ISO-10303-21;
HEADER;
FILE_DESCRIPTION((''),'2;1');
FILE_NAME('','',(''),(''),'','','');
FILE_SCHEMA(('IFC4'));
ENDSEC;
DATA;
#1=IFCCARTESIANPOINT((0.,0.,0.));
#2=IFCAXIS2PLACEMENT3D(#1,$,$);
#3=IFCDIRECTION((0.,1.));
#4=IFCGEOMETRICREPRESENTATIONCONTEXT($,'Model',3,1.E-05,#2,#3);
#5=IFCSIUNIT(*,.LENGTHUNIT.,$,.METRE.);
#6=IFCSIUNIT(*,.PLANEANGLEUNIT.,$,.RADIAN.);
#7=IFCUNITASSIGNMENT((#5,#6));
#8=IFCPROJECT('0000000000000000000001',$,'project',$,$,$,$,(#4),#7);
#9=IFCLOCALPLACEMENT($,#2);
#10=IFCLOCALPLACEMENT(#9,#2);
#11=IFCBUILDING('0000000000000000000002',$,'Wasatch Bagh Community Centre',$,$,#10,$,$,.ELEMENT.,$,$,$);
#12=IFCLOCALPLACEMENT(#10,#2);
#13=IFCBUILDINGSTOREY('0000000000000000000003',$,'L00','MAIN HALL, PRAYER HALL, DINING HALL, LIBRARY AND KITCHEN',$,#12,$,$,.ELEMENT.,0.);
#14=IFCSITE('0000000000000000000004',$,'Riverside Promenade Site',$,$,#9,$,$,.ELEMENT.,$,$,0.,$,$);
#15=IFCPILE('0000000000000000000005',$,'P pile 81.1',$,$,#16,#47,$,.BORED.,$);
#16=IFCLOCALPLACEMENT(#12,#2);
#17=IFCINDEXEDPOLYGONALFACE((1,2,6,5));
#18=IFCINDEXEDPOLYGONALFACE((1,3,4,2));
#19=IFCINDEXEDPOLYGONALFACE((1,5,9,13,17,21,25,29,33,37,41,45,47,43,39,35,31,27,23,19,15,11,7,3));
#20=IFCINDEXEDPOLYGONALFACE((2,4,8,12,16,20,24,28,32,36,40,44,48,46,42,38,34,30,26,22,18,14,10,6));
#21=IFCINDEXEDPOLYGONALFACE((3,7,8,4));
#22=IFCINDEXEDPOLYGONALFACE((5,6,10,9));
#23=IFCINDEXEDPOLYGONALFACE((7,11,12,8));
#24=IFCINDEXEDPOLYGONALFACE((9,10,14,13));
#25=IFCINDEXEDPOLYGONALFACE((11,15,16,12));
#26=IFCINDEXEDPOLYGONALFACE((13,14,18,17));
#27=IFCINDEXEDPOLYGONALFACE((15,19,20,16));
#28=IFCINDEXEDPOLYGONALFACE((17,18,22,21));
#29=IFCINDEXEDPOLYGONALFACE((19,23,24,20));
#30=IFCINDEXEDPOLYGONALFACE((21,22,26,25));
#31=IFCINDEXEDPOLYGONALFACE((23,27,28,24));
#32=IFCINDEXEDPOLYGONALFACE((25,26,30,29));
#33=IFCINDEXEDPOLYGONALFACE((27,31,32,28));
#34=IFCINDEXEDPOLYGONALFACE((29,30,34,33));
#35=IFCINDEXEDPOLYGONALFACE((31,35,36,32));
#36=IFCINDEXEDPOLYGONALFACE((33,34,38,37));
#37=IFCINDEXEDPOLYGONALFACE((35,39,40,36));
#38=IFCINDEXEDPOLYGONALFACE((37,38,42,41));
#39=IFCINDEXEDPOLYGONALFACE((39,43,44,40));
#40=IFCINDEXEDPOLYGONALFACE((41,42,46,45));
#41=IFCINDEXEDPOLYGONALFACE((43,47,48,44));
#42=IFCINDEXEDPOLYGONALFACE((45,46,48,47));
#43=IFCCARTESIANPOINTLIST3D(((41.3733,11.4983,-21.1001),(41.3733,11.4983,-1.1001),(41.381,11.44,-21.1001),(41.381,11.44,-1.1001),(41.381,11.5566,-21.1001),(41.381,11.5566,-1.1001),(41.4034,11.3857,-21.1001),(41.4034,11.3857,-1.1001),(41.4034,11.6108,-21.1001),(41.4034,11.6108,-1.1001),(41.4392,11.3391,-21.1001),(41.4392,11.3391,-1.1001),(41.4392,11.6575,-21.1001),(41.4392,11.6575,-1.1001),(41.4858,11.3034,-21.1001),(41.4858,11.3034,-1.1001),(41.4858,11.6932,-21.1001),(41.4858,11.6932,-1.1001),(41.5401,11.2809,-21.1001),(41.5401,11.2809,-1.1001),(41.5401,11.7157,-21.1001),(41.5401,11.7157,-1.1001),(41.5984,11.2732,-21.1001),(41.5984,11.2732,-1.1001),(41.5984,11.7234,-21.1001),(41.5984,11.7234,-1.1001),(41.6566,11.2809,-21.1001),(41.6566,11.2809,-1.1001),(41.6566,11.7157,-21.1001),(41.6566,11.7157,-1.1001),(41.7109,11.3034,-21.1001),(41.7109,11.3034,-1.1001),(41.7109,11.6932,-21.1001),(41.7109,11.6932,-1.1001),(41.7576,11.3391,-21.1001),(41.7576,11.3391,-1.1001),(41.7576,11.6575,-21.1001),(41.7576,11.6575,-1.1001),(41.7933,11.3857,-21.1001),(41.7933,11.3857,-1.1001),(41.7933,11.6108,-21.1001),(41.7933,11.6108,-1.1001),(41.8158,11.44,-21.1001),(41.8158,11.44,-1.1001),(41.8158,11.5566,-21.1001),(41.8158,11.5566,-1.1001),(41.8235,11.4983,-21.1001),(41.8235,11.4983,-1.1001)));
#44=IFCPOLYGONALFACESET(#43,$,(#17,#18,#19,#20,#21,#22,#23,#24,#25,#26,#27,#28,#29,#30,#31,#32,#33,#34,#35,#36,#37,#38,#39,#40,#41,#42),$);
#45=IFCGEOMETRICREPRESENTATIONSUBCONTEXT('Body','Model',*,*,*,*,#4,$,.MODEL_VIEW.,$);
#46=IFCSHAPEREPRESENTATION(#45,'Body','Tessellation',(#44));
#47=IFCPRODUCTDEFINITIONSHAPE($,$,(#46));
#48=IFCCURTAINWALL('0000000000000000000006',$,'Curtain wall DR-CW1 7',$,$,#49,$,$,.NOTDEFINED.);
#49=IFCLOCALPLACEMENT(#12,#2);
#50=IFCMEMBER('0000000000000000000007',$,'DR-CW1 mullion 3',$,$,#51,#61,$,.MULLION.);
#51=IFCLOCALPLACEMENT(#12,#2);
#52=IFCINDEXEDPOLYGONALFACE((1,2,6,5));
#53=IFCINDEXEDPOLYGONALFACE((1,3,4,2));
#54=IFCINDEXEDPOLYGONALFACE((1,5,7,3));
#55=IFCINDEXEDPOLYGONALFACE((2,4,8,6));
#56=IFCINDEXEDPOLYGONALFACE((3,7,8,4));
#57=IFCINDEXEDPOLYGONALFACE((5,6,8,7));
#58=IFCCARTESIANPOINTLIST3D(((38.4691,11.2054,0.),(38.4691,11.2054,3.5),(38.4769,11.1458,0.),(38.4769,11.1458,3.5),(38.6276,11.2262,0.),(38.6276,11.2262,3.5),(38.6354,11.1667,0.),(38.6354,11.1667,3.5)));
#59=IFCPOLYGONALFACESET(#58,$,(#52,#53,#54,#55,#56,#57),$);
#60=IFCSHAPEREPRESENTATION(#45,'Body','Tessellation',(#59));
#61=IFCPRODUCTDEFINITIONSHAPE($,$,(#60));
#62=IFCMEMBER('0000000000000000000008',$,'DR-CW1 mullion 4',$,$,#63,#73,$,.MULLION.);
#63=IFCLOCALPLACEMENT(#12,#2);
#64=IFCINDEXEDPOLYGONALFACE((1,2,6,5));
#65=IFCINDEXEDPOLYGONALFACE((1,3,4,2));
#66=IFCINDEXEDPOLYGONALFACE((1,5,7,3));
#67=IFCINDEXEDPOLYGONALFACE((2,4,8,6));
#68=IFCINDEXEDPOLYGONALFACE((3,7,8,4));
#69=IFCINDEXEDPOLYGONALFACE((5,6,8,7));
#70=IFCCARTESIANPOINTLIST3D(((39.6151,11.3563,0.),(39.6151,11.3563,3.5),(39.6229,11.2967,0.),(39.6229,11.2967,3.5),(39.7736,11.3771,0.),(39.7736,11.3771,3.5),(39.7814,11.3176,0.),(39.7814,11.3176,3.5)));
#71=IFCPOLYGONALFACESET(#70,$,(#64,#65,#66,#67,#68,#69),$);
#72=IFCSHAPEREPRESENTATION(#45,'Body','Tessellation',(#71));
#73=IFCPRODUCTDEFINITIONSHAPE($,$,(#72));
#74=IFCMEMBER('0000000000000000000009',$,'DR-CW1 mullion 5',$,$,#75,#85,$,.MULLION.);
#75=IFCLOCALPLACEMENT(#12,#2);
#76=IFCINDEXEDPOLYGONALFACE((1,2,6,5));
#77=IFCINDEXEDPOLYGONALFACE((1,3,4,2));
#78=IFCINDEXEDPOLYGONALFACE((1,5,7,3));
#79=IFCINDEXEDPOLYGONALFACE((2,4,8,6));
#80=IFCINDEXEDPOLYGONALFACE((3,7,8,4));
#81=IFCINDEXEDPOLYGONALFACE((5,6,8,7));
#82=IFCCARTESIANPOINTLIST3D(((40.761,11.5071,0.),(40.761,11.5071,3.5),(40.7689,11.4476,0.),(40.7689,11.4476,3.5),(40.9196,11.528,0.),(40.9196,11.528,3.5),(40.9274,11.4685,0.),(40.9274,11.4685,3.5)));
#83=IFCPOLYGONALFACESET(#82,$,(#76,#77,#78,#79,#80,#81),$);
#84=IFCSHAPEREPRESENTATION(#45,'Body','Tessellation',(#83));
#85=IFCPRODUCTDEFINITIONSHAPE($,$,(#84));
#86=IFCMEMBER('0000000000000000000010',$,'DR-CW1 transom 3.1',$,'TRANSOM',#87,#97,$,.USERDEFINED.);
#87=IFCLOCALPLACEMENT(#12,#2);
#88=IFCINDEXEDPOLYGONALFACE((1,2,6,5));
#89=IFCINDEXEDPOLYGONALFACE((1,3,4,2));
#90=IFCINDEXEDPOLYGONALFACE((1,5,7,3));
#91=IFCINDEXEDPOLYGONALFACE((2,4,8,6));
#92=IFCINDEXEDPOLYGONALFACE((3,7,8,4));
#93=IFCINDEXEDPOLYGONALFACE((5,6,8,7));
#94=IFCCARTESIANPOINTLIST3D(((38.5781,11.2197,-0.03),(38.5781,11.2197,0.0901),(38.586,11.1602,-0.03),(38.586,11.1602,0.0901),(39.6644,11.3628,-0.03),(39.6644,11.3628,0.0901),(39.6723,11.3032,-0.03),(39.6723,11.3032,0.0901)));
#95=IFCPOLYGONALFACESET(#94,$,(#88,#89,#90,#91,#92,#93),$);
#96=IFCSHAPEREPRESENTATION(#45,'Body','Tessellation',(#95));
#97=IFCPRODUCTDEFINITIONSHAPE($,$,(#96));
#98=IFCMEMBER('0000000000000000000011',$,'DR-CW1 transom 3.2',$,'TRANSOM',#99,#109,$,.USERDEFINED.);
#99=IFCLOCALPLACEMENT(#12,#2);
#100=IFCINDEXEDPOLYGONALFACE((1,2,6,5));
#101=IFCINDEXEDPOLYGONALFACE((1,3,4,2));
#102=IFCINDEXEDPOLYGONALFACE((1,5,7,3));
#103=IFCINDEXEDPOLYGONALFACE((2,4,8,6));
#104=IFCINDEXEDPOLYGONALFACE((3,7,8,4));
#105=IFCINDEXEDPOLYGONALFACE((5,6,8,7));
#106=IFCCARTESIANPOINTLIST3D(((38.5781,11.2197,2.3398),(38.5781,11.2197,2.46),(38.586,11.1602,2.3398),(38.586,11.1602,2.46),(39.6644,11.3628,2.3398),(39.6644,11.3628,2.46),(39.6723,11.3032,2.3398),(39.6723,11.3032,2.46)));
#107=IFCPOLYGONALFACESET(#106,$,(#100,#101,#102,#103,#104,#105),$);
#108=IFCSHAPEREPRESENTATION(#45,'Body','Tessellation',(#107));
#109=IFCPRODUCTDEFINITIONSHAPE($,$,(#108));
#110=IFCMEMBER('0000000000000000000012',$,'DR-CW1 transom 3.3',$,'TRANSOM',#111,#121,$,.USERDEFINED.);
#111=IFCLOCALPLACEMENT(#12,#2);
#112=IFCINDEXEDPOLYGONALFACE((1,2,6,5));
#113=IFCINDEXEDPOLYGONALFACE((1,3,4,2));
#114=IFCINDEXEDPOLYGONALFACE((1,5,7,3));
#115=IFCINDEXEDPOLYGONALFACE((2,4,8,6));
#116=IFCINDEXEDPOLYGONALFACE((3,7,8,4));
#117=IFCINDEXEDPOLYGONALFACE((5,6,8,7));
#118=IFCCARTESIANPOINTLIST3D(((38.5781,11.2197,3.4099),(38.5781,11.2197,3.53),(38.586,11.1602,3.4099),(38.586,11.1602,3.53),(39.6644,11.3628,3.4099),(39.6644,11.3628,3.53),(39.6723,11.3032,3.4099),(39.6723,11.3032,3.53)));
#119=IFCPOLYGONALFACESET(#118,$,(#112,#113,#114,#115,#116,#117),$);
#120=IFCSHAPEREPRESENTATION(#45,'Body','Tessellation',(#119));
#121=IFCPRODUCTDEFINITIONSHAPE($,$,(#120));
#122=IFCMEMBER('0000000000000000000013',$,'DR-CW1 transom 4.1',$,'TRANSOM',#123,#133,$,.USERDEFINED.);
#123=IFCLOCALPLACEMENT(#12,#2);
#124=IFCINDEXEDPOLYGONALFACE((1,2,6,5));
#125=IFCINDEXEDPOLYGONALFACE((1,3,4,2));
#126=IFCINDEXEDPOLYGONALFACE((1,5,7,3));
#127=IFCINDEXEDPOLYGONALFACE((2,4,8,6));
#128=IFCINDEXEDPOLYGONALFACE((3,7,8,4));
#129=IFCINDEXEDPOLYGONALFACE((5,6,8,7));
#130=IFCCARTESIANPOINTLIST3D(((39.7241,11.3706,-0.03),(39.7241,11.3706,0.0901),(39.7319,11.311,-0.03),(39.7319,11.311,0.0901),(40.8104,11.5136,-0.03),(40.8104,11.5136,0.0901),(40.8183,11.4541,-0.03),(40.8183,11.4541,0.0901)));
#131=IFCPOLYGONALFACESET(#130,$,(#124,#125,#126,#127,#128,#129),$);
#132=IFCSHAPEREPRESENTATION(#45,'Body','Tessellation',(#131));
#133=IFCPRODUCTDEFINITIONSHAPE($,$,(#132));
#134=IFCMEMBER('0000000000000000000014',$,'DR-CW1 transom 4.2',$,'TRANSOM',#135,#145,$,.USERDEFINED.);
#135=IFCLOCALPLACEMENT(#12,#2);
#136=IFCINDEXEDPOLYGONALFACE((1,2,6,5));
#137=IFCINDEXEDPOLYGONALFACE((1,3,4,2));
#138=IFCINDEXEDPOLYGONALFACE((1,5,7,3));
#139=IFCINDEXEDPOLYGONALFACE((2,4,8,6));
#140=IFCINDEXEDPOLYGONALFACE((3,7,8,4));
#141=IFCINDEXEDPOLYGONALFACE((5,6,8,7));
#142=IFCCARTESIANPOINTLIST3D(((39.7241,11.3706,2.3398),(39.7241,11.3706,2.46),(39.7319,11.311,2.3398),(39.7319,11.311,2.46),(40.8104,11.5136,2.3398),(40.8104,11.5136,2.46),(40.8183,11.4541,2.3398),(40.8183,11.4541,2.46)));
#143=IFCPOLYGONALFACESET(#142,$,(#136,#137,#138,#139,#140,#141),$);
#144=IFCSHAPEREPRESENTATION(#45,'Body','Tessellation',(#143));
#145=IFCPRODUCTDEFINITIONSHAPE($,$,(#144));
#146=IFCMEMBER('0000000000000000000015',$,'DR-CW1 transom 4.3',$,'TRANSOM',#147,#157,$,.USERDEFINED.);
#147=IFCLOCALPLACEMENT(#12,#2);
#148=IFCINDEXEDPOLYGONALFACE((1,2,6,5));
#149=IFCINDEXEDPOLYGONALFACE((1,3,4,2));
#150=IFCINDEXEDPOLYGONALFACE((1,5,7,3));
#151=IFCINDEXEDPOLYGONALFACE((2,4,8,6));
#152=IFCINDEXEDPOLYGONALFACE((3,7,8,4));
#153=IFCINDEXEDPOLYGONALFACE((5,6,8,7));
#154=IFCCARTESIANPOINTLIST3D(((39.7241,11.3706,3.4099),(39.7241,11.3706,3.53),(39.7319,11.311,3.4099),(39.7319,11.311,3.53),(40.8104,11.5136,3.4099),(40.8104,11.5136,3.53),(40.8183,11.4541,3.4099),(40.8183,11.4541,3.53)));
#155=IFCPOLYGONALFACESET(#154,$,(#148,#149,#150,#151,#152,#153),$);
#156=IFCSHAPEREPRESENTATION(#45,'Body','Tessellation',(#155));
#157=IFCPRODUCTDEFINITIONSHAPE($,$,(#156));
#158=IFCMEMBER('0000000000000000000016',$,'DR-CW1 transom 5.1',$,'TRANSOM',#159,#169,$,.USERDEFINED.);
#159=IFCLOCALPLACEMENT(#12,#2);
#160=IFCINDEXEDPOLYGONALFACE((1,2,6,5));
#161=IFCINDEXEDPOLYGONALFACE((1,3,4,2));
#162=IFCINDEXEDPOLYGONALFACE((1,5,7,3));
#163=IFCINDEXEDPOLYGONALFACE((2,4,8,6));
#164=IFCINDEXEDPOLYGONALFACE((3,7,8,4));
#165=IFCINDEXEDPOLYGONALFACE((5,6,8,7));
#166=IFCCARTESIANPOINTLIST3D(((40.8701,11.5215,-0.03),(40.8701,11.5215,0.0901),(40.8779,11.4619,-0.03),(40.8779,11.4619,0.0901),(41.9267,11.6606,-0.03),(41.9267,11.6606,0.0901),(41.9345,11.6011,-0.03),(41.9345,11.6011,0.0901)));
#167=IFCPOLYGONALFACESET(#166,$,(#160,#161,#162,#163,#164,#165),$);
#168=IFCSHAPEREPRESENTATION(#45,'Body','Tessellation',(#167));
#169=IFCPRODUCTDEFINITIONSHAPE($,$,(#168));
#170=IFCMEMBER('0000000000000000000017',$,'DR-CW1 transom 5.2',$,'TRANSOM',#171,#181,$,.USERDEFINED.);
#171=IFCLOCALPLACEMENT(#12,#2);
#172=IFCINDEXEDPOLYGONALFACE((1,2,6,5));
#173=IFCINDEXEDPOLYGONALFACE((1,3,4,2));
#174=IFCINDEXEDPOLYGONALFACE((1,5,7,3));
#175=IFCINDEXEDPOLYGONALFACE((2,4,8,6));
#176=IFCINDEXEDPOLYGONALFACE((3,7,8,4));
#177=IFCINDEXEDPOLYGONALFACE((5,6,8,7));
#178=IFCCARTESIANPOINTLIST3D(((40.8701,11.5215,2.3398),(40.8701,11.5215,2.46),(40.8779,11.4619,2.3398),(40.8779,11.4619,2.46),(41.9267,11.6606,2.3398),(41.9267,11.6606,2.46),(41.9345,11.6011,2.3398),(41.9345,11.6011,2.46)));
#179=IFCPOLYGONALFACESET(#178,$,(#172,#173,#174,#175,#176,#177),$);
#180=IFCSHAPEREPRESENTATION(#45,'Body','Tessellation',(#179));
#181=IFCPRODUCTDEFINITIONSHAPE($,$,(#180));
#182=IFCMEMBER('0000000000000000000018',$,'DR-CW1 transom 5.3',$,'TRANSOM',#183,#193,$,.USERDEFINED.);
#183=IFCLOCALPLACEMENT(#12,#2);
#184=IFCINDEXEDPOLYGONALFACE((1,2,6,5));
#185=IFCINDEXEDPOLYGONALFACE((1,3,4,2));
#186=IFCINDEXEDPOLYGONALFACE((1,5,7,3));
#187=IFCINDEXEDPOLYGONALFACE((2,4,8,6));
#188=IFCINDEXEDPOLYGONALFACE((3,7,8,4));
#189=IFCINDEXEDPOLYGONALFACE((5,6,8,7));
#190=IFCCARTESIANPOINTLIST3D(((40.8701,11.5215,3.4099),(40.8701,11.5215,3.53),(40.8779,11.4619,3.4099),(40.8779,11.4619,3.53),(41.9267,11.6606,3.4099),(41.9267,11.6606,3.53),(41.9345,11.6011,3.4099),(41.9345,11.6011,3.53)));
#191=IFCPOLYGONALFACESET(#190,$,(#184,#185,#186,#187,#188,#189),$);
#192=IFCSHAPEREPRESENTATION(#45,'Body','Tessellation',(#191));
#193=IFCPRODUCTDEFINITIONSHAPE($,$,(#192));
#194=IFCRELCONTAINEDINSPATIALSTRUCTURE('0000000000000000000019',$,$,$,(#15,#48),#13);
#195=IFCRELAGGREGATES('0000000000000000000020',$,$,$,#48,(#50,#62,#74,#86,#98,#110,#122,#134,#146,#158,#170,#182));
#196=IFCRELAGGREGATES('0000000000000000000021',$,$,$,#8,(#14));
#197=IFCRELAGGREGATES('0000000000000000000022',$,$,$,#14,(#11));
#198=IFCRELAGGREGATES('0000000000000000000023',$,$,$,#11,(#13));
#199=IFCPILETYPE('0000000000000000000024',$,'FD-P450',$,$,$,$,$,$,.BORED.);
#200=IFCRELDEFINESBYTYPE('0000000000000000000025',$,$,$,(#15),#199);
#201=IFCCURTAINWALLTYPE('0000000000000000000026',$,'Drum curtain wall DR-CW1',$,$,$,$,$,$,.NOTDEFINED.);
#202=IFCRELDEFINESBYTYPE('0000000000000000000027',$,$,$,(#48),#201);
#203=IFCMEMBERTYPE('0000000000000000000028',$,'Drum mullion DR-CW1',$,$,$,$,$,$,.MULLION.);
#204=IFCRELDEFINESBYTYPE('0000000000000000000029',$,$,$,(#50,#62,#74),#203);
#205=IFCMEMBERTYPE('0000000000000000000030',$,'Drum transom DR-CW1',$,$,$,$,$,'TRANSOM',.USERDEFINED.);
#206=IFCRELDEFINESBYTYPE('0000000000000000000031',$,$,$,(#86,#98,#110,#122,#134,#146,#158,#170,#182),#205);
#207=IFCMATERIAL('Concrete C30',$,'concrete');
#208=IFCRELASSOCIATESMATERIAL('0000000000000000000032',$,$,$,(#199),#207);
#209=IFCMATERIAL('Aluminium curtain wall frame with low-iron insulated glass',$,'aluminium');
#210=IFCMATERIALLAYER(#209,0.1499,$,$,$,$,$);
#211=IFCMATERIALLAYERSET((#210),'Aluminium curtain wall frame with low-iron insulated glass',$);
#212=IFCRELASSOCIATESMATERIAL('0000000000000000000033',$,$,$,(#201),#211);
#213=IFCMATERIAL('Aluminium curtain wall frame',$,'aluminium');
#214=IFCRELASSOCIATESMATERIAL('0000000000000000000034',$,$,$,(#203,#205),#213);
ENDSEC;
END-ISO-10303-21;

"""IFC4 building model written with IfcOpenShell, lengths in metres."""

from ifc_helpers import new_model, si_unit, direction, frame, origin, origin_2d, place, context, subcontext, project, spatial, rectangle, circle, extrude, material, layer, layer_set, material_profile, profile_set, type_object, element, aggregate, save


model = new_model("IFC4")

# Units and contexts
model_context = context("Model", 3, precision=1e-05, world=origin(), true_north=direction((0.0, 1.0)))
body_context = subcontext(model_context, "Body", "Model", "MODEL_VIEW")
ifc_project = project(units=[si_unit("LENGTHUNIT", "METRE"), si_unit("PLANEANGLEUNIT", "RADIAN")], contexts=[model_context])

# Site, building, storey
site_placement = place(None, origin())
site = spatial("IfcSite", under=ifc_project, at=site_placement, Name="Riverside Promenade Site", CompositionType="ELEMENT", RefElevation=0.0)
building_placement = place(site_placement, origin())
building = spatial("IfcBuilding", under=site, at=building_placement, Name="Wasatch Bagh Community Centre", CompositionType="ELEMENT")
storey_placement = place(building_placement, origin())
storey = spatial("IfcBuildingStorey", under=building, at=storey_placement, Name="L00", Description="MAIN HALL, PRAYER HALL, DINING HALL, LIBRARY AND KITCHEN", CompositionType="ELEMENT", Elevation=0.0)

# Pile
ifc_material_1 = material(Name="Concrete C30", Category="concrete")
ifc_material_profile_1 = material_profile(ifc_material_1, circle(Radius=0.2251, at=origin_2d()), Name="RC D450")
ifc_profile_set_1 = profile_set([ifc_material_profile_1], Name="Concrete C30")
pile_type = type_object("IfcPileType", Name="FD-P450", PredefinedType="BORED", material=ifc_profile_set_1)
pile_placement = place(storey_placement, frame((41.5984, 11.4983, -1.1001), z_axis=(0.0, 0.0, -1.0), x_axis=(1.0, 0.0, 0.0)))
element("IfcPile", 1, at=pile_placement, inside=storey, type_object=pile_type, Name="P pile 81.1", PredefinedType="BORED", context=body_context, shape_type="SweptSolid", body=[
    extrude(circle(Radius=0.2251, at=origin_2d()), origin(), (0.0, 0.0, 1.0), 20.0),
])

# Curtain wall, members
ifc_material_2 = material(Name="Aluminium curtain wall frame with low-iron insulated glass", Category="aluminium")
ifc_layer_1 = layer(ifc_material_2, 0.1499)
ifc_layer_set_1 = layer_set([ifc_layer_1], Name="Aluminium curtain wall frame with low-iron insulated glass")
curtain_wall_type = type_object("IfcCurtainWallType", Name="Drum curtain wall DR-CW1", PredefinedType="NOTDEFINED", material=ifc_layer_set_1)
curtain_wall_placement = place(storey_placement, origin())
curtain_wall = element("IfcCurtainWall", 2, at=curtain_wall_placement, inside=storey, type_object=curtain_wall_type, Name="Curtain wall DR-CW1 7", PredefinedType="NOTDEFINED")
ifc_material_3 = material(Name="Aluminium curtain wall frame", Category="aluminium")
ifc_material_profile_2 = material_profile(ifc_material_3, rectangle(XDim=0.0601, YDim=0.1599, at=origin_2d()), Name="Drum mullion DR-CW1")
ifc_profile_set_2 = profile_set([ifc_material_profile_2], Name="Aluminium curtain wall frame")
member_type_1 = type_object("IfcMemberType", Name="Drum mullion DR-CW1", PredefinedType="MULLION", material=ifc_profile_set_2)
member_1_placement = place(storey_placement, frame((38.5522, 11.186, 0.0), z_axis=(0.0, 0.0, 1.0), x_axis=(-0.130526, 0.991445, 0.0)))
member_1 = element("IfcMember", 3, at=member_1_placement, type_object=member_type_1, Name="DR-CW1 mullion 3", PredefinedType="MULLION", context=body_context, shape_type="SweptSolid", body=[
    extrude(rectangle(XDim=0.0601, YDim=0.1599, at=origin_2d()), origin(), (0.0, 0.0, 1.0), 3.5),
])
member_2_placement = place(storey_placement, frame((39.6982, 11.3369, 0.0), z_axis=(0.0, 0.0, 1.0), x_axis=(-0.130526, 0.991445, 0.0)))
member_2 = element("IfcMember", 4, at=member_2_placement, type_object=member_type_1, Name="DR-CW1 mullion 4", PredefinedType="MULLION", context=body_context, shape_type="SweptSolid", body=[
    extrude(rectangle(XDim=0.0601, YDim=0.1599, at=origin_2d()), origin(), (0.0, 0.0, 1.0), 3.5),
])
member_3_placement = place(storey_placement, frame((40.8442, 11.4878, 0.0), z_axis=(0.0, 0.0, 1.0), x_axis=(-0.130526, 0.991445, 0.0)))
member_3 = element("IfcMember", 5, at=member_3_placement, type_object=member_type_1, Name="DR-CW1 mullion 5", PredefinedType="MULLION", context=body_context, shape_type="SweptSolid", body=[
    extrude(rectangle(XDim=0.0601, YDim=0.1599, at=origin_2d()), origin(), (0.0, 0.0, 1.0), 3.5),
])
ifc_material_profile_3 = material_profile(ifc_material_3, rectangle(XDim=0.0601, YDim=0.1201, at=origin_2d()), Name="Drum transom DR-CW1")
ifc_profile_set_3 = profile_set([ifc_material_profile_3], Name="Aluminium curtain wall frame")
member_type_2 = type_object("IfcMemberType", Name="Drum transom DR-CW1", ElementType="TRANSOM", PredefinedType="USERDEFINED", material=ifc_profile_set_3)
member_4_placement = place(storey_placement, frame((38.582, 11.1899, 0.03), z_axis=(0.991441, 0.130558, 0.0), x_axis=(-0.130558, 0.991441, 0.0)))
member_4 = element("IfcMember", 6, at=member_4_placement, type_object=member_type_2, Name="DR-CW1 transom 3.1", ObjectType="TRANSOM", PredefinedType="USERDEFINED", context=body_context, shape_type="SweptSolid", body=[
    extrude(rectangle(XDim=0.0601, YDim=0.1201, at=origin_2d()), origin(), (0.0, 0.0, 1.0), 1.0957),
])
member_5_placement = place(storey_placement, frame((38.582, 11.1899, 2.3999), z_axis=(0.991441, 0.130558, 0.0), x_axis=(-0.130558, 0.991441, 0.0)))
member_5 = element("IfcMember", 7, at=member_5_placement, type_object=member_type_2, Name="DR-CW1 transom 3.2", ObjectType="TRANSOM", PredefinedType="USERDEFINED", context=body_context, shape_type="SweptSolid", body=[
    extrude(rectangle(XDim=0.0601, YDim=0.1201, at=origin_2d()), origin(), (0.0, 0.0, 1.0), 1.0957),
])
member_6_placement = place(storey_placement, frame((38.582, 11.1899, 3.47), z_axis=(0.991441, 0.130558, 0.0), x_axis=(-0.130558, 0.991441, 0.0)))
member_6 = element("IfcMember", 8, at=member_6_placement, type_object=member_type_2, Name="DR-CW1 transom 3.3", ObjectType="TRANSOM", PredefinedType="USERDEFINED", context=body_context, shape_type="SweptSolid", body=[
    extrude(rectangle(XDim=0.0601, YDim=0.1201, at=origin_2d()), origin(), (0.0, 0.0, 1.0), 1.0957),
])
member_7_placement = place(storey_placement, frame((39.728, 11.3408, 0.03), z_axis=(0.991441, 0.130558, 0.0), x_axis=(-0.130558, 0.991441, 0.0)))
member_7 = element("IfcMember", 9, at=member_7_placement, type_object=member_type_2, Name="DR-CW1 transom 4.1", ObjectType="TRANSOM", PredefinedType="USERDEFINED", context=body_context, shape_type="SweptSolid", body=[
    extrude(rectangle(XDim=0.0601, YDim=0.1201, at=origin_2d()), origin(), (0.0, 0.0, 1.0), 1.0957),
])
member_8_placement = place(storey_placement, frame((39.728, 11.3408, 2.3999), z_axis=(0.991441, 0.130558, 0.0), x_axis=(-0.130558, 0.991441, 0.0)))
member_8 = element("IfcMember", 10, at=member_8_placement, type_object=member_type_2, Name="DR-CW1 transom 4.2", ObjectType="TRANSOM", PredefinedType="USERDEFINED", context=body_context, shape_type="SweptSolid", body=[
    extrude(rectangle(XDim=0.0601, YDim=0.1201, at=origin_2d()), origin(), (0.0, 0.0, 1.0), 1.0957),
])
member_9_placement = place(storey_placement, frame((39.728, 11.3408, 3.47), z_axis=(0.991441, 0.130558, 0.0), x_axis=(-0.130558, 0.991441, 0.0)))
member_9 = element("IfcMember", 11, at=member_9_placement, type_object=member_type_2, Name="DR-CW1 transom 4.3", ObjectType="TRANSOM", PredefinedType="USERDEFINED", context=body_context, shape_type="SweptSolid", body=[
    extrude(rectangle(XDim=0.0601, YDim=0.1201, at=origin_2d()), origin(), (0.0, 0.0, 1.0), 1.0957),
])
member_10_placement = place(storey_placement, frame((40.874, 11.4917, 0.03), z_axis=(0.991439, 0.130573, 0.0), x_axis=(-0.130573, 0.991439, 0.0)))
member_10 = element("IfcMember", 12, at=member_10_placement, type_object=member_type_2, Name="DR-CW1 transom 5.1", ObjectType="TRANSOM", PredefinedType="USERDEFINED", context=body_context, shape_type="SweptSolid", body=[
    extrude(rectangle(XDim=0.0601, YDim=0.1201, at=origin_2d()), origin(), (0.0, 0.0, 1.0), 1.0657),
])
member_11_placement = place(storey_placement, frame((40.874, 11.4917, 2.3999), z_axis=(0.991439, 0.130573, 0.0), x_axis=(-0.130573, 0.991439, 0.0)))
member_11 = element("IfcMember", 13, at=member_11_placement, type_object=member_type_2, Name="DR-CW1 transom 5.2", ObjectType="TRANSOM", PredefinedType="USERDEFINED", context=body_context, shape_type="SweptSolid", body=[
    extrude(rectangle(XDim=0.0601, YDim=0.1201, at=origin_2d()), origin(), (0.0, 0.0, 1.0), 1.0657),
])
member_12_placement = place(storey_placement, frame((40.874, 11.4917, 3.47), z_axis=(0.991439, 0.130573, 0.0), x_axis=(-0.130573, 0.991439, 0.0)))
member_12 = element("IfcMember", 14, at=member_12_placement, type_object=member_type_2, Name="DR-CW1 transom 5.3", ObjectType="TRANSOM", PredefinedType="USERDEFINED", context=body_context, shape_type="SweptSolid", body=[
    extrude(rectangle(XDim=0.0601, YDim=0.1201, at=origin_2d()), origin(), (0.0, 0.0, 1.0), 1.0657),
])
aggregate(curtain_wall, [member_1, member_2, member_3, member_4, member_5, member_6, member_7, member_8, member_9, member_10, member_11, member_12])

save(model, "model.ifc")
